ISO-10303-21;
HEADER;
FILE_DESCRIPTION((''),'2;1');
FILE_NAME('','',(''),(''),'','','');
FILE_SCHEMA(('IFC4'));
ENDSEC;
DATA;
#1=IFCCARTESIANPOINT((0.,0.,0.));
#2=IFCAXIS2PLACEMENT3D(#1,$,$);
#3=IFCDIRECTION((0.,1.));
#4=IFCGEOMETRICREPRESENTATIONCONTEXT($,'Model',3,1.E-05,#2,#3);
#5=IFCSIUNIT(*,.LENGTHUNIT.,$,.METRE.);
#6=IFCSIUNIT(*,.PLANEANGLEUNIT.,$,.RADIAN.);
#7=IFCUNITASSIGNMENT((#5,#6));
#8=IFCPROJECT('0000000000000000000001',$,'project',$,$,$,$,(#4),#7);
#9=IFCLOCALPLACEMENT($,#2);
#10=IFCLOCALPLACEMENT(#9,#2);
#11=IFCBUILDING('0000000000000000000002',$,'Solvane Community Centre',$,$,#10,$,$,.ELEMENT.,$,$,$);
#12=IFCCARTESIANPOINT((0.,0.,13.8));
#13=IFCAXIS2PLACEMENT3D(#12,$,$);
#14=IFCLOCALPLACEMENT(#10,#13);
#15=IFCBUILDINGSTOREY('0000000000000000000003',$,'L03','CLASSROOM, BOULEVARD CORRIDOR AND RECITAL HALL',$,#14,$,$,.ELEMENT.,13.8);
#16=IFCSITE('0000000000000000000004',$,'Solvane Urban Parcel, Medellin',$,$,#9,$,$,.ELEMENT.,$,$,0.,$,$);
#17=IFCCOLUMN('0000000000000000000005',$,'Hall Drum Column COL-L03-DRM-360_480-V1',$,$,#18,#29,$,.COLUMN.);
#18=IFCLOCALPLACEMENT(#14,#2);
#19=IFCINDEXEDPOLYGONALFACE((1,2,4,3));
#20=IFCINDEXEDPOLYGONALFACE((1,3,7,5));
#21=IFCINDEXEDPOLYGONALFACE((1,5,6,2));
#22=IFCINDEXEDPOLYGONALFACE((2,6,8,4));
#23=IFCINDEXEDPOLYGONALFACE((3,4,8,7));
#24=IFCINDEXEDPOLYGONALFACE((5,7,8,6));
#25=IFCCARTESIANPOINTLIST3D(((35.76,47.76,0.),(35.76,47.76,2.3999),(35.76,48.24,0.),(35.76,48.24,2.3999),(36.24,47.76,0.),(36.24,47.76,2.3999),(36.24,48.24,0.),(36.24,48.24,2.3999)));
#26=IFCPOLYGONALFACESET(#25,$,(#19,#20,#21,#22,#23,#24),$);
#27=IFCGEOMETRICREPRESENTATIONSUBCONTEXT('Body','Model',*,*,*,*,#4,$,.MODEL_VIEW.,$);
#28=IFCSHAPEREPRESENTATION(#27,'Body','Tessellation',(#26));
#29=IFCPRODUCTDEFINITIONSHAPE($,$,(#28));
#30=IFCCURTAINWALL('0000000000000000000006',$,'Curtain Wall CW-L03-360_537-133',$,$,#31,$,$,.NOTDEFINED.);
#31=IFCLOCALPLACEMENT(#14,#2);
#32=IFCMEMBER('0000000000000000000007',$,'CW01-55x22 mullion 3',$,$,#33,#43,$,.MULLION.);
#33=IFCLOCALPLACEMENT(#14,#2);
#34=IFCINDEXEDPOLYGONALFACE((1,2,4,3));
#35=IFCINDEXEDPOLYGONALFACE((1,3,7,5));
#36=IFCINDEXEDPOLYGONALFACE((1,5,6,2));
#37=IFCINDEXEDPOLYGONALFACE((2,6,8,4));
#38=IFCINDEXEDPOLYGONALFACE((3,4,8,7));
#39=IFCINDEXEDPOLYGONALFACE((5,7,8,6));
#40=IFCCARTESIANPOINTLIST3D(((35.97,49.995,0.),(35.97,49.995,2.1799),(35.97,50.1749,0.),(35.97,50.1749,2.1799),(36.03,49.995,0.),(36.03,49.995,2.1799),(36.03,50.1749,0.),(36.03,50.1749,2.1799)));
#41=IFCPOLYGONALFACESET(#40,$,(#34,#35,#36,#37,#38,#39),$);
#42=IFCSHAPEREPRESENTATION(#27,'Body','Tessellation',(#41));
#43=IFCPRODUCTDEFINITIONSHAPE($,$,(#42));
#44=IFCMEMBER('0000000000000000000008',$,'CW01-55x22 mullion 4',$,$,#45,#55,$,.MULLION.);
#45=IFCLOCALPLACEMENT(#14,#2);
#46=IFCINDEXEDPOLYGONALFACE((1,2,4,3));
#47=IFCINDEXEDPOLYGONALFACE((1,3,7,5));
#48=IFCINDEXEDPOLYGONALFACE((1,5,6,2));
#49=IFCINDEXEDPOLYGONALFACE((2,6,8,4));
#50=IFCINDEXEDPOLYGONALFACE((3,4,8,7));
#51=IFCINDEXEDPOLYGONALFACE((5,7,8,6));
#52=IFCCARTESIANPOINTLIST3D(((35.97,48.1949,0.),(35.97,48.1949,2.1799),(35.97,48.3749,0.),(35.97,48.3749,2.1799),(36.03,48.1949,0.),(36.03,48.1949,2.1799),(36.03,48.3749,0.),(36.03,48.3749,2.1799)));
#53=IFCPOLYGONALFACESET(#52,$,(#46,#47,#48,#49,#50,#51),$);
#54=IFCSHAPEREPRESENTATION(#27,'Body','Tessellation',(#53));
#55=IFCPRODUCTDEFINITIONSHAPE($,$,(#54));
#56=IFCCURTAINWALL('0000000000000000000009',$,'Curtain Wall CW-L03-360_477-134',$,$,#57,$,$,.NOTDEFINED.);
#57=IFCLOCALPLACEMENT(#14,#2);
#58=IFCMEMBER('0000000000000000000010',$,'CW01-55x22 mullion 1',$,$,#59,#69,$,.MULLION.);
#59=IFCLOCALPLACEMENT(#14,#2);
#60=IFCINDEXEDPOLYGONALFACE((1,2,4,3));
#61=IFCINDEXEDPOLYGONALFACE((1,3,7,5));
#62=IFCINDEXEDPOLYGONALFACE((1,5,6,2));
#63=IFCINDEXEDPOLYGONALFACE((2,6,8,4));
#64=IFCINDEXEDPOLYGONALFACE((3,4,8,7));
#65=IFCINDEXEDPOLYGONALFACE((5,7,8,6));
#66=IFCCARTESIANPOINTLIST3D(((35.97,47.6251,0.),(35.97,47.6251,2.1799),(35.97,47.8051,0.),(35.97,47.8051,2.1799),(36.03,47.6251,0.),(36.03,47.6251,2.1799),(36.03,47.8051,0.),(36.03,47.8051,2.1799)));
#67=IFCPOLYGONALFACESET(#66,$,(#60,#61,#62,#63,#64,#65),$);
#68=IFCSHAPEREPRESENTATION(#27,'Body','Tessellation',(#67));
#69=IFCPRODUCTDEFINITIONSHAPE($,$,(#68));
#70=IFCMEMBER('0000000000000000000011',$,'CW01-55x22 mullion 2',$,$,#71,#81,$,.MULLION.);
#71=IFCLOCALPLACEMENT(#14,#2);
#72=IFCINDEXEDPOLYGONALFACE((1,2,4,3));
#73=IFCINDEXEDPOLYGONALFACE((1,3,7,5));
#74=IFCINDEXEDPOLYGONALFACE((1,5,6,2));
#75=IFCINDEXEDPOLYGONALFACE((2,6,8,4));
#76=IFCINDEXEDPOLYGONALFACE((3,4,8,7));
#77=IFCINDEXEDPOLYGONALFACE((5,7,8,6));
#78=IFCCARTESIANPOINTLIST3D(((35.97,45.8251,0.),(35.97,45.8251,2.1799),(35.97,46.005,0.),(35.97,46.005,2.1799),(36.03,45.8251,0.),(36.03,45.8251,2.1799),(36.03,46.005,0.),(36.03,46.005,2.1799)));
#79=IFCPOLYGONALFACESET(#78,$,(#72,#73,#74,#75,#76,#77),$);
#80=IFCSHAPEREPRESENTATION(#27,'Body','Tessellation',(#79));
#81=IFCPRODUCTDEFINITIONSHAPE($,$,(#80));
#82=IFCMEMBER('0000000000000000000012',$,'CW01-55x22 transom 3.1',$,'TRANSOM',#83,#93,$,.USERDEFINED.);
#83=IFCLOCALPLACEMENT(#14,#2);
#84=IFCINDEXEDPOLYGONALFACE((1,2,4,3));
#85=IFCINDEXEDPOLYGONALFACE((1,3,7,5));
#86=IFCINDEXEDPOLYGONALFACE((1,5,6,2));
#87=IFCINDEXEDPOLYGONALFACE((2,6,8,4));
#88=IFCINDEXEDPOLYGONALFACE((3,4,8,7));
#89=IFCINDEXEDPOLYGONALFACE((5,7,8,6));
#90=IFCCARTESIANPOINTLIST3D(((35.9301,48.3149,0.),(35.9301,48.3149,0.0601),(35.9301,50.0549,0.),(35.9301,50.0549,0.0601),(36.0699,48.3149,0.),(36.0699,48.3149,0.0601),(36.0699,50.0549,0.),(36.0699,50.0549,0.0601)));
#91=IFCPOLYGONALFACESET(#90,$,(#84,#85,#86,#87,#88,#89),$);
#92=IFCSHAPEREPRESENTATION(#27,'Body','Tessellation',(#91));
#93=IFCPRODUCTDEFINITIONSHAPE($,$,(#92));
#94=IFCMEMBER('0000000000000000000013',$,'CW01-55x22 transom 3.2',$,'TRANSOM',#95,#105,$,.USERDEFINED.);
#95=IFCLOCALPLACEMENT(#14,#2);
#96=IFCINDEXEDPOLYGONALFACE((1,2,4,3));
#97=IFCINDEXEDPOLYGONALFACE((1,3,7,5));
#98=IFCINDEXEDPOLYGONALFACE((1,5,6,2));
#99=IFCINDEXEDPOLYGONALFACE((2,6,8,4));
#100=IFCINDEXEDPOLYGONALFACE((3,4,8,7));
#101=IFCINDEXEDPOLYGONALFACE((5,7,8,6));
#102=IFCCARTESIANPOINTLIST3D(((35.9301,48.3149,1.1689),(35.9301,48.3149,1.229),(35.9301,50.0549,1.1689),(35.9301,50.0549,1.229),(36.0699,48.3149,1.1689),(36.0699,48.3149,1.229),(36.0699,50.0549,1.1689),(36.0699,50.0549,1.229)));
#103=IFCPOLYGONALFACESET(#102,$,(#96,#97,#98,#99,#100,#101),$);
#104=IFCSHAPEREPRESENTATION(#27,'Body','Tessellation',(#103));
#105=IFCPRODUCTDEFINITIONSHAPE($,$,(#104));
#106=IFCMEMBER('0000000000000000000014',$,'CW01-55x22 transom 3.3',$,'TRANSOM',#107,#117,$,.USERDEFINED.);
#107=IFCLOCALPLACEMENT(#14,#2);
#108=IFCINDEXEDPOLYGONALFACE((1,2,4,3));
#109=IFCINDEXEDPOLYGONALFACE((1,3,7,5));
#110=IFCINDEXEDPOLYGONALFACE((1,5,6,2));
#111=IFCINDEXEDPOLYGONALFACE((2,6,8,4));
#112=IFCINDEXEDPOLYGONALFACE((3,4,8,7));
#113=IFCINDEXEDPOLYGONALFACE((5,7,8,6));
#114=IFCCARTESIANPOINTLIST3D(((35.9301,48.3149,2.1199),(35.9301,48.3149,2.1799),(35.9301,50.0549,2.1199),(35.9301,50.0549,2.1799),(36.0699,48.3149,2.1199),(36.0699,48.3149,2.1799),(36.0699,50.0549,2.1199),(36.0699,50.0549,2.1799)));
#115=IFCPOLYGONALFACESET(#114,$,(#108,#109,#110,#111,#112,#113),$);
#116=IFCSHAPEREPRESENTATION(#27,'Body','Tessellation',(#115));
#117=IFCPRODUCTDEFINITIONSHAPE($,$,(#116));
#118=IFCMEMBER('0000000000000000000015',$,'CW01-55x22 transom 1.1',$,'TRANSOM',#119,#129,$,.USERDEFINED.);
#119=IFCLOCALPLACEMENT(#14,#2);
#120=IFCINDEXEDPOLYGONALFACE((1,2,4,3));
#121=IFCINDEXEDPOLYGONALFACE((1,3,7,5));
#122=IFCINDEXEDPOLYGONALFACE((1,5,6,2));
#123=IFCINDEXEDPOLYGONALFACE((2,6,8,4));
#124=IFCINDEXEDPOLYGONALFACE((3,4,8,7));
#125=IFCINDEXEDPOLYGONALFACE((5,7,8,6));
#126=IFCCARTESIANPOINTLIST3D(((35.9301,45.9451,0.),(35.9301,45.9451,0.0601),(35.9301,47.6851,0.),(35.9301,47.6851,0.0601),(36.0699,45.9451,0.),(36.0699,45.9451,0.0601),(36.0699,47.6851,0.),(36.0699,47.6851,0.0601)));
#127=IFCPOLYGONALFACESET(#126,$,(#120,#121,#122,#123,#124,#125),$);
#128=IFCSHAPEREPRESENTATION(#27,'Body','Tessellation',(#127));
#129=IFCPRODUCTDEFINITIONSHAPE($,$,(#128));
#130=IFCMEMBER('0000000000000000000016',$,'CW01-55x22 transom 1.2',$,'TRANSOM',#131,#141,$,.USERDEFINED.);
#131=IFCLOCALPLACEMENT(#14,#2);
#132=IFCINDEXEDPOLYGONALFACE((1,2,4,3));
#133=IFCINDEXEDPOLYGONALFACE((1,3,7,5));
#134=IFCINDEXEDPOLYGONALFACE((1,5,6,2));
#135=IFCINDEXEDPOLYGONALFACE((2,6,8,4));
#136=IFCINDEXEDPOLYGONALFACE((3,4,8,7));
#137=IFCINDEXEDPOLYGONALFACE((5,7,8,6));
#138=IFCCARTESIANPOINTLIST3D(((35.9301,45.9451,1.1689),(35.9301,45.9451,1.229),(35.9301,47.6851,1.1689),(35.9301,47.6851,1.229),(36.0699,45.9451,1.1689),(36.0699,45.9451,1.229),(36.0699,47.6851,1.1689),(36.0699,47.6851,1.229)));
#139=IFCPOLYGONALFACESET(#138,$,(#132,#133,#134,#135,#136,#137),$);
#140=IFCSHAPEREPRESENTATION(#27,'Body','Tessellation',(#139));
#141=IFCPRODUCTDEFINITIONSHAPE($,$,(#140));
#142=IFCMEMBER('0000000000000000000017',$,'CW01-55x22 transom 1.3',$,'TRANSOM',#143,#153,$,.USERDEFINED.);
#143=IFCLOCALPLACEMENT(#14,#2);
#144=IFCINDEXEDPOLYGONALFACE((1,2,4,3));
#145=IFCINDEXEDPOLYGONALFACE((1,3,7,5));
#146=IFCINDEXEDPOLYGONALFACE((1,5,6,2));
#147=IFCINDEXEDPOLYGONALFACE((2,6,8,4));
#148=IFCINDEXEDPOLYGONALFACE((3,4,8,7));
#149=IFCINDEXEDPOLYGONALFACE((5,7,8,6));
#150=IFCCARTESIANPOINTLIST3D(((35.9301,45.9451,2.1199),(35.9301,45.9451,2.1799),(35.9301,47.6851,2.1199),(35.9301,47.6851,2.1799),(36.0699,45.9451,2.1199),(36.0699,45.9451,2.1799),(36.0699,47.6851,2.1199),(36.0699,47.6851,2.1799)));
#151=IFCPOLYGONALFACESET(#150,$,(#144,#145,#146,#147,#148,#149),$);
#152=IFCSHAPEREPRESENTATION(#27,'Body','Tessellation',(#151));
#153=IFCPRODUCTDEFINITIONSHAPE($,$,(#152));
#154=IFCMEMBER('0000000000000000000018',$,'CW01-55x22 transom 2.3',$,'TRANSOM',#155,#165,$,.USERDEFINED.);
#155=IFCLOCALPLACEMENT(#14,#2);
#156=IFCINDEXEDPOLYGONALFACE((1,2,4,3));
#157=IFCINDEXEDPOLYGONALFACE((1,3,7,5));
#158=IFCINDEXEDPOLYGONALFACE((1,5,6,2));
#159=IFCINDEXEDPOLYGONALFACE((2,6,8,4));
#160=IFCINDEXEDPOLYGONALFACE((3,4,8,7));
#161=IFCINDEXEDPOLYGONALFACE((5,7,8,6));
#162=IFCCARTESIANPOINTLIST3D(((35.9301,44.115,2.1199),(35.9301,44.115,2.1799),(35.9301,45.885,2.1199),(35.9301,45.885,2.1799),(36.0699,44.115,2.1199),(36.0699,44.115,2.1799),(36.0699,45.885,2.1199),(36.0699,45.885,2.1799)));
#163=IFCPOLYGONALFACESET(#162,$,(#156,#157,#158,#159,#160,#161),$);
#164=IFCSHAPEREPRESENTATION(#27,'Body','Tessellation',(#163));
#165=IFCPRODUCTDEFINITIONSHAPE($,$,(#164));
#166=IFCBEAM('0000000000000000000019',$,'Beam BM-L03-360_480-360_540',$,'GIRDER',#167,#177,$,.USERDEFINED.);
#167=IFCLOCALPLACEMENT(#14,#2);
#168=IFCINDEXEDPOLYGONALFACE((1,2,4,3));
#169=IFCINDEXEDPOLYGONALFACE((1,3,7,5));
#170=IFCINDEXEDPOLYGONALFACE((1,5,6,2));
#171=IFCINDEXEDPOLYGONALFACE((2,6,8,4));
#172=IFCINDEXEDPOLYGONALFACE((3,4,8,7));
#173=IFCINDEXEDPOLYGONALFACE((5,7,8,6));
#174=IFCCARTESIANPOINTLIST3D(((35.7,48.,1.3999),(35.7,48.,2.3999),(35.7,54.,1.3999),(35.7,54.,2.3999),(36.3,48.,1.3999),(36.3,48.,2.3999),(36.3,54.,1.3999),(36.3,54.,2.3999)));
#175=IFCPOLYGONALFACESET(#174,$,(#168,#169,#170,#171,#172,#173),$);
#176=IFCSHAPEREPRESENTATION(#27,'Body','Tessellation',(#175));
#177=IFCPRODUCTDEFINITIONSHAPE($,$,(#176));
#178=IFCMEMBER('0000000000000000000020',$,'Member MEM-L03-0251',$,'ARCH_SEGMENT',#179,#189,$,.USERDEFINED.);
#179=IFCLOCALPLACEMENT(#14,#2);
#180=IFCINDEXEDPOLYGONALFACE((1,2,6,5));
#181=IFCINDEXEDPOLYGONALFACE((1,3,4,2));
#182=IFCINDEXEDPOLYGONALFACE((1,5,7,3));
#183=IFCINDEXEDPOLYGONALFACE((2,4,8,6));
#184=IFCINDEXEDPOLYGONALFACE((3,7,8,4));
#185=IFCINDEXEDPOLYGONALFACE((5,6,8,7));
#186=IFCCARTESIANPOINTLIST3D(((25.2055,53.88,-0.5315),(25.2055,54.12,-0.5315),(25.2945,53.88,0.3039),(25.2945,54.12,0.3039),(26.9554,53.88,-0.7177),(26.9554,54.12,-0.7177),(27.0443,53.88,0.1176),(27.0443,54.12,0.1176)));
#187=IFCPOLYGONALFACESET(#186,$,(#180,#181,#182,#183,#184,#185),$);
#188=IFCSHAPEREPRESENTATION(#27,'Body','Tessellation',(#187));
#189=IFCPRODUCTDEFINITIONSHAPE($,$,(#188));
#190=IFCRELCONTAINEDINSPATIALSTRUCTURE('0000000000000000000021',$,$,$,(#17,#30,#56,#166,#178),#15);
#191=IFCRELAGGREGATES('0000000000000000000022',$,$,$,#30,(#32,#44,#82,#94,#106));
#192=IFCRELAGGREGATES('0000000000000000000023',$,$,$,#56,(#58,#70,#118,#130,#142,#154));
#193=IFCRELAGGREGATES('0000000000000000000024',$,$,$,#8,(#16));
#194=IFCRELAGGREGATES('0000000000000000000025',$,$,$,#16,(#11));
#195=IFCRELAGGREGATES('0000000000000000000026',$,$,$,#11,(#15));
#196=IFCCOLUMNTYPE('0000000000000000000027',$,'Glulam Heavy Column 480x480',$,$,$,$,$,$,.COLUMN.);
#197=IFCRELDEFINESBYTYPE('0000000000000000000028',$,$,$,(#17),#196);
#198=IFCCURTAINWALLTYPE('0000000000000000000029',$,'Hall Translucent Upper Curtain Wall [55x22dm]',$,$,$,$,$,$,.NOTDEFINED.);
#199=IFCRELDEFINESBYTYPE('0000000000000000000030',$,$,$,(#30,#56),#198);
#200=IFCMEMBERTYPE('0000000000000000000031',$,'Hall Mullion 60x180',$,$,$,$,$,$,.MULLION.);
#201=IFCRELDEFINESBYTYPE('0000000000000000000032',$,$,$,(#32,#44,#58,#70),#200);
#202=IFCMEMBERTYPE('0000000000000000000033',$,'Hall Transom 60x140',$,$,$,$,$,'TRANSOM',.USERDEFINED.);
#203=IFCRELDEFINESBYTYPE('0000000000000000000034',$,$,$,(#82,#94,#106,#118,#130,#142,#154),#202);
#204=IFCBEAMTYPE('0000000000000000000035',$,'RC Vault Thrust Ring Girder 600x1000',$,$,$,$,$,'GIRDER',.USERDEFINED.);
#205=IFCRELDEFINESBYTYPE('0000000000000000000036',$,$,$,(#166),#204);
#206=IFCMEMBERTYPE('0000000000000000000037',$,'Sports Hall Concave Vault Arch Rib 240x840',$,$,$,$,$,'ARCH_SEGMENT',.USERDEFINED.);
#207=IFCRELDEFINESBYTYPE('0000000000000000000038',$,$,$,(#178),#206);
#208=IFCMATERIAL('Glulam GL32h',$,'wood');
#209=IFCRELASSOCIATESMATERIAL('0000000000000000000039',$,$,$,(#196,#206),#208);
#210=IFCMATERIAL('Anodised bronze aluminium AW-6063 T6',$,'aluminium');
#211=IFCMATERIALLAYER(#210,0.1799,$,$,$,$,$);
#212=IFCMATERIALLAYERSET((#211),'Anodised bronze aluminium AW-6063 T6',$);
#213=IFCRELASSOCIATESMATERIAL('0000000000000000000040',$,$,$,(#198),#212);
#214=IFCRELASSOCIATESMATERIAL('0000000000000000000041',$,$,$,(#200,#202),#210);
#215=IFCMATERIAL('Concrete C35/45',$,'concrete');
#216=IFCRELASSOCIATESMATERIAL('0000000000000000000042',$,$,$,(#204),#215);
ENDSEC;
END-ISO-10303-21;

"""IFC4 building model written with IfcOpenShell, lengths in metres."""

from ifc_helpers import new_model, si_unit, direction, frame, origin, origin_2d, place, context, subcontext, project, spatial, rectangle, extrude, material, layer, layer_set, material_profile, profile_set, type_object, element, aggregate, save


model = new_model("IFC4")

# Units and contexts
model_context = context("Model", 3, precision=1e-05, world=origin(), true_north=direction((0.0, 1.0)))
body_context = subcontext(model_context, "Body", "Model", "MODEL_VIEW")
ifc_project = project(units=[si_unit("LENGTHUNIT", "METRE"), si_unit("PLANEANGLEUNIT", "RADIAN")], contexts=[model_context])

# Site, building, storey
site_placement = place(None, origin())
site = spatial("IfcSite", under=ifc_project, at=site_placement, Name="Solvane Urban Parcel, Medellin", CompositionType="ELEMENT", RefElevation=0.0)
building_placement = place(site_placement, origin())
building = spatial("IfcBuilding", under=site, at=building_placement, Name="Solvane Community Centre", CompositionType="ELEMENT")
storey_placement = place(building_placement, frame((0.0, 0.0, 13.8)))
storey = spatial("IfcBuildingStorey", under=building, at=storey_placement, Name="L03", Description="CLASSROOM, BOULEVARD CORRIDOR AND RECITAL HALL", CompositionType="ELEMENT", Elevation=13.8)

# Column
ifc_material_1 = material(Name="Glulam GL32h", Category="wood")
ifc_material_profile_1 = material_profile(ifc_material_1, rectangle(XDim=0.48, YDim=0.48, at=origin_2d()), Name="GL32h 480x480")
ifc_profile_set_1 = profile_set([ifc_material_profile_1], Name="Glulam GL32h")
column_type = type_object("IfcColumnType", Name="Glulam Heavy Column 480x480", PredefinedType="COLUMN", material=ifc_profile_set_1)
column_placement = place(storey_placement, frame((36.0, 48.0, 0.0), z_axis=(0.0, 0.0, 1.0), x_axis=(1.0, 0.0, 0.0)))
element("IfcColumn", 1, at=column_placement, inside=storey, type_object=column_type, Name="Hall Drum Column COL-L03-DRM-360_480-V1", PredefinedType="COLUMN", context=body_context, shape_type="SweptSolid", body=[
    extrude(rectangle(XDim=0.48, YDim=0.48, at=origin_2d()), origin(), (0.0, 0.0, 1.0), 2.3999),
])

# Curtain walls, members
ifc_material_2 = material(Name="Anodised bronze aluminium AW-6063 T6", Category="aluminium")
ifc_layer_1 = layer(ifc_material_2, 0.1799)
ifc_layer_set_1 = layer_set([ifc_layer_1], Name="Anodised bronze aluminium AW-6063 T6")
curtain_wall_type = type_object("IfcCurtainWallType", Name="Hall Translucent Upper Curtain Wall [55x22dm]", PredefinedType="NOTDEFINED", material=ifc_layer_set_1)
curtain_wall_1_placement = place(storey_placement, origin())
curtain_wall_1 = element("IfcCurtainWall", 2, at=curtain_wall_1_placement, inside=storey, type_object=curtain_wall_type, Name="Curtain Wall CW-L03-360_537-133", PredefinedType="NOTDEFINED")
ifc_material_profile_2 = material_profile(ifc_material_2, rectangle(XDim=0.0601, YDim=0.1799, at=origin_2d()), Name="CW-M 60x180")
ifc_profile_set_2 = profile_set([ifc_material_profile_2], Name="Anodised bronze aluminium AW-6063 T6")
member_type_1 = type_object("IfcMemberType", Name="Hall Mullion 60x180", PredefinedType="MULLION", material=ifc_profile_set_2)
member_1_placement = place(storey_placement, frame((36.0, 50.085, 0.0), z_axis=(0.0, 0.0, 1.0), x_axis=(1.0, 0.0, 0.0)))
member_1 = element("IfcMember", 3, at=member_1_placement, type_object=member_type_1, Name="CW01-55x22 mullion 3", PredefinedType="MULLION", context=body_context, shape_type="SweptSolid", body=[
    extrude(rectangle(XDim=0.0601, YDim=0.1799, at=origin_2d()), origin(), (0.0, 0.0, 1.0), 2.1799),
])
member_2_placement = place(storey_placement, frame((36.0, 48.2849, 0.0), z_axis=(0.0, 0.0, 1.0), x_axis=(1.0, 0.0, 0.0)))
member_2 = element("IfcMember", 4, at=member_2_placement, type_object=member_type_1, Name="CW01-55x22 mullion 4", PredefinedType="MULLION", context=body_context, shape_type="SweptSolid", body=[
    extrude(rectangle(XDim=0.0601, YDim=0.1799, at=origin_2d()), origin(), (0.0, 0.0, 1.0), 2.1799),
])
curtain_wall_2_placement = place(storey_placement, origin())
curtain_wall_2 = element("IfcCurtainWall", 5, at=curtain_wall_2_placement, inside=storey, type_object=curtain_wall_type, Name="Curtain Wall CW-L03-360_477-134", PredefinedType="NOTDEFINED")
member_3_placement = place(storey_placement, frame((36.0, 47.7151, 0.0), z_axis=(0.0, 0.0, 1.0), x_axis=(1.0, 0.0, 0.0)))
member_3 = element("IfcMember", 6, at=member_3_placement, type_object=member_type_1, Name="CW01-55x22 mullion 1", PredefinedType="MULLION", context=body_context, shape_type="SweptSolid", body=[
    extrude(rectangle(XDim=0.0601, YDim=0.1799, at=origin_2d()), origin(), (0.0, 0.0, 1.0), 2.1799),
])
member_4_placement = place(storey_placement, frame((36.0, 45.915, 0.0), z_axis=(0.0, 0.0, 1.0), x_axis=(1.0, 0.0, 0.0)))
member_4 = element("IfcMember", 7, at=member_4_placement, type_object=member_type_1, Name="CW01-55x22 mullion 2", PredefinedType="MULLION", context=body_context, shape_type="SweptSolid", body=[
    extrude(rectangle(XDim=0.0601, YDim=0.1799, at=origin_2d()), origin(), (0.0, 0.0, 1.0), 2.1799),
])

# Members
ifc_material_profile_3 = material_profile(ifc_material_2, rectangle(XDim=0.1399, YDim=0.0601, at=origin_2d()), Name="CW-T 60x140")
ifc_profile_set_3 = profile_set([ifc_material_profile_3], Name="Anodised bronze aluminium AW-6063 T6")
member_type_2 = type_object("IfcMemberType", Name="Hall Transom 60x140", ElementType="TRANSOM", PredefinedType="USERDEFINED", material=ifc_profile_set_3)
member_5_placement = place(storey_placement, frame((36.0, 50.0549, 0.03), z_axis=(0.0, -1.0, 0.0), x_axis=(1.0, 0.0, 0.0)))
member_5 = element("IfcMember", 8, at=member_5_placement, type_object=member_type_2, Name="CW01-55x22 transom 3.1", ObjectType="TRANSOM", PredefinedType="USERDEFINED", context=body_context, shape_type="SweptSolid", body=[
    extrude(rectangle(XDim=0.1399, YDim=0.0601, at=origin_2d()), origin(), (0.0, 0.0, 1.0), 1.74),
])
member_6_placement = place(storey_placement, frame((36.0, 50.0549, 1.199), z_axis=(0.0, -1.0, 0.0), x_axis=(1.0, 0.0, 0.0)))
member_6 = element("IfcMember", 9, at=member_6_placement, type_object=member_type_2, Name="CW01-55x22 transom 3.2", ObjectType="TRANSOM", PredefinedType="USERDEFINED", context=body_context, shape_type="SweptSolid", body=[
    extrude(rectangle(XDim=0.1399, YDim=0.0601, at=origin_2d()), origin(), (0.0, 0.0, 1.0), 1.74),
])
member_7_placement = place(storey_placement, frame((36.0, 50.0549, 2.1499), z_axis=(0.0, -1.0, 0.0), x_axis=(1.0, 0.0, 0.0)))
member_7 = element("IfcMember", 10, at=member_7_placement, type_object=member_type_2, Name="CW01-55x22 transom 3.3", ObjectType="TRANSOM", PredefinedType="USERDEFINED", context=body_context, shape_type="SweptSolid", body=[
    extrude(rectangle(XDim=0.1399, YDim=0.0601, at=origin_2d()), origin(), (0.0, 0.0, 1.0), 1.74),
])
member_8_placement = place(storey_placement, frame((36.0, 47.6851, 0.03), z_axis=(0.0, -1.0, 0.0), x_axis=(1.0, 0.0, 0.0)))
member_8 = element("IfcMember", 11, at=member_8_placement, type_object=member_type_2, Name="CW01-55x22 transom 1.1", ObjectType="TRANSOM", PredefinedType="USERDEFINED", context=body_context, shape_type="SweptSolid", body=[
    extrude(rectangle(XDim=0.1399, YDim=0.0601, at=origin_2d()), origin(), (0.0, 0.0, 1.0), 1.74),
])
member_9_placement = place(storey_placement, frame((36.0, 47.6851, 1.199), z_axis=(0.0, -1.0, 0.0), x_axis=(1.0, 0.0, 0.0)))
member_9 = element("IfcMember", 12, at=member_9_placement, type_object=member_type_2, Name="CW01-55x22 transom 1.2", ObjectType="TRANSOM", PredefinedType="USERDEFINED", context=body_context, shape_type="SweptSolid", body=[
    extrude(rectangle(XDim=0.1399, YDim=0.0601, at=origin_2d()), origin(), (0.0, 0.0, 1.0), 1.74),
])
member_10_placement = place(storey_placement, frame((36.0, 47.6851, 2.1499), z_axis=(0.0, -1.0, 0.0), x_axis=(1.0, 0.0, 0.0)))
member_10 = element("IfcMember", 13, at=member_10_placement, type_object=member_type_2, Name="CW01-55x22 transom 1.3", ObjectType="TRANSOM", PredefinedType="USERDEFINED", context=body_context, shape_type="SweptSolid", body=[
    extrude(rectangle(XDim=0.1399, YDim=0.0601, at=origin_2d()), origin(), (0.0, 0.0, 1.0), 1.74),
])
member_11_placement = place(storey_placement, frame((36.0, 45.885, 2.1499), z_axis=(0.0, -1.0, 0.0), x_axis=(1.0, 0.0, 0.0)))
member_11 = element("IfcMember", 14, at=member_11_placement, type_object=member_type_2, Name="CW01-55x22 transom 2.3", ObjectType="TRANSOM", PredefinedType="USERDEFINED", context=body_context, shape_type="SweptSolid", body=[
    extrude(rectangle(XDim=0.1399, YDim=0.0601, at=origin_2d()), origin(), (0.0, 0.0, 1.0), 1.77),
])

# Beam
ifc_material_3 = material(Name="Concrete C35/45", Category="concrete")
ifc_material_profile_4 = material_profile(ifc_material_3, rectangle(XDim=0.6001, YDim=1.0, at=origin_2d()), Name="RC 600x1000")
ifc_profile_set_4 = profile_set([ifc_material_profile_4], Name="Concrete C35/45")
beam_type = type_object("IfcBeamType", Name="RC Vault Thrust Ring Girder 600x1000", ElementType="GIRDER", PredefinedType="USERDEFINED", material=ifc_profile_set_4)
beam_placement = place(storey_placement, frame((36.0, 48.0, 1.8999), z_axis=(0.0, 1.0, 0.0), x_axis=(-1.0, 0.0, 0.0)))
element("IfcBeam", 15, at=beam_placement, inside=storey, type_object=beam_type, Name="Beam BM-L03-360_480-360_540", ObjectType="GIRDER", PredefinedType="USERDEFINED", context=body_context, shape_type="SweptSolid", body=[
    extrude(rectangle(XDim=0.6001, YDim=1.0, at=origin_2d()), origin(), (0.0, 0.0, 1.0), 6.0),
])

# Member
ifc_material_profile_5 = material_profile(ifc_material_1, rectangle(XDim=0.24, YDim=0.8401, at=origin_2d()), Name="GL32h 240x840")
ifc_profile_set_5 = profile_set([ifc_material_profile_5], Name="Glulam GL32h")
member_type_3 = type_object("IfcMemberType", Name="Sports Hall Concave Vault Arch Rib 240x840", ElementType="ARCH_SEGMENT", PredefinedType="USERDEFINED", material=ifc_profile_set_5)
member_12_placement = place(storey_placement, frame((25.25, 54.0, -0.1138), z_axis=(0.994382, 0.0, -0.105847), x_axis=(0.0, 1.0, 0.0)))
element("IfcMember", 16, at=member_12_placement, inside=storey, type_object=member_type_3, Name="Member MEM-L03-0251", ObjectType="ARCH_SEGMENT", PredefinedType="USERDEFINED", context=body_context, shape_type="SweptSolid", body=[
    extrude(rectangle(XDim=0.24, YDim=0.8401, at=origin_2d()), origin(), (0.0, 0.0, 1.0), 1.7598),
])

aggregate(curtain_wall_1, [member_1, member_2, member_5, member_6, member_7])
aggregate(curtain_wall_2, [member_3, member_4, member_8, member_9, member_10, member_11])

save(model, "model.ifc")
